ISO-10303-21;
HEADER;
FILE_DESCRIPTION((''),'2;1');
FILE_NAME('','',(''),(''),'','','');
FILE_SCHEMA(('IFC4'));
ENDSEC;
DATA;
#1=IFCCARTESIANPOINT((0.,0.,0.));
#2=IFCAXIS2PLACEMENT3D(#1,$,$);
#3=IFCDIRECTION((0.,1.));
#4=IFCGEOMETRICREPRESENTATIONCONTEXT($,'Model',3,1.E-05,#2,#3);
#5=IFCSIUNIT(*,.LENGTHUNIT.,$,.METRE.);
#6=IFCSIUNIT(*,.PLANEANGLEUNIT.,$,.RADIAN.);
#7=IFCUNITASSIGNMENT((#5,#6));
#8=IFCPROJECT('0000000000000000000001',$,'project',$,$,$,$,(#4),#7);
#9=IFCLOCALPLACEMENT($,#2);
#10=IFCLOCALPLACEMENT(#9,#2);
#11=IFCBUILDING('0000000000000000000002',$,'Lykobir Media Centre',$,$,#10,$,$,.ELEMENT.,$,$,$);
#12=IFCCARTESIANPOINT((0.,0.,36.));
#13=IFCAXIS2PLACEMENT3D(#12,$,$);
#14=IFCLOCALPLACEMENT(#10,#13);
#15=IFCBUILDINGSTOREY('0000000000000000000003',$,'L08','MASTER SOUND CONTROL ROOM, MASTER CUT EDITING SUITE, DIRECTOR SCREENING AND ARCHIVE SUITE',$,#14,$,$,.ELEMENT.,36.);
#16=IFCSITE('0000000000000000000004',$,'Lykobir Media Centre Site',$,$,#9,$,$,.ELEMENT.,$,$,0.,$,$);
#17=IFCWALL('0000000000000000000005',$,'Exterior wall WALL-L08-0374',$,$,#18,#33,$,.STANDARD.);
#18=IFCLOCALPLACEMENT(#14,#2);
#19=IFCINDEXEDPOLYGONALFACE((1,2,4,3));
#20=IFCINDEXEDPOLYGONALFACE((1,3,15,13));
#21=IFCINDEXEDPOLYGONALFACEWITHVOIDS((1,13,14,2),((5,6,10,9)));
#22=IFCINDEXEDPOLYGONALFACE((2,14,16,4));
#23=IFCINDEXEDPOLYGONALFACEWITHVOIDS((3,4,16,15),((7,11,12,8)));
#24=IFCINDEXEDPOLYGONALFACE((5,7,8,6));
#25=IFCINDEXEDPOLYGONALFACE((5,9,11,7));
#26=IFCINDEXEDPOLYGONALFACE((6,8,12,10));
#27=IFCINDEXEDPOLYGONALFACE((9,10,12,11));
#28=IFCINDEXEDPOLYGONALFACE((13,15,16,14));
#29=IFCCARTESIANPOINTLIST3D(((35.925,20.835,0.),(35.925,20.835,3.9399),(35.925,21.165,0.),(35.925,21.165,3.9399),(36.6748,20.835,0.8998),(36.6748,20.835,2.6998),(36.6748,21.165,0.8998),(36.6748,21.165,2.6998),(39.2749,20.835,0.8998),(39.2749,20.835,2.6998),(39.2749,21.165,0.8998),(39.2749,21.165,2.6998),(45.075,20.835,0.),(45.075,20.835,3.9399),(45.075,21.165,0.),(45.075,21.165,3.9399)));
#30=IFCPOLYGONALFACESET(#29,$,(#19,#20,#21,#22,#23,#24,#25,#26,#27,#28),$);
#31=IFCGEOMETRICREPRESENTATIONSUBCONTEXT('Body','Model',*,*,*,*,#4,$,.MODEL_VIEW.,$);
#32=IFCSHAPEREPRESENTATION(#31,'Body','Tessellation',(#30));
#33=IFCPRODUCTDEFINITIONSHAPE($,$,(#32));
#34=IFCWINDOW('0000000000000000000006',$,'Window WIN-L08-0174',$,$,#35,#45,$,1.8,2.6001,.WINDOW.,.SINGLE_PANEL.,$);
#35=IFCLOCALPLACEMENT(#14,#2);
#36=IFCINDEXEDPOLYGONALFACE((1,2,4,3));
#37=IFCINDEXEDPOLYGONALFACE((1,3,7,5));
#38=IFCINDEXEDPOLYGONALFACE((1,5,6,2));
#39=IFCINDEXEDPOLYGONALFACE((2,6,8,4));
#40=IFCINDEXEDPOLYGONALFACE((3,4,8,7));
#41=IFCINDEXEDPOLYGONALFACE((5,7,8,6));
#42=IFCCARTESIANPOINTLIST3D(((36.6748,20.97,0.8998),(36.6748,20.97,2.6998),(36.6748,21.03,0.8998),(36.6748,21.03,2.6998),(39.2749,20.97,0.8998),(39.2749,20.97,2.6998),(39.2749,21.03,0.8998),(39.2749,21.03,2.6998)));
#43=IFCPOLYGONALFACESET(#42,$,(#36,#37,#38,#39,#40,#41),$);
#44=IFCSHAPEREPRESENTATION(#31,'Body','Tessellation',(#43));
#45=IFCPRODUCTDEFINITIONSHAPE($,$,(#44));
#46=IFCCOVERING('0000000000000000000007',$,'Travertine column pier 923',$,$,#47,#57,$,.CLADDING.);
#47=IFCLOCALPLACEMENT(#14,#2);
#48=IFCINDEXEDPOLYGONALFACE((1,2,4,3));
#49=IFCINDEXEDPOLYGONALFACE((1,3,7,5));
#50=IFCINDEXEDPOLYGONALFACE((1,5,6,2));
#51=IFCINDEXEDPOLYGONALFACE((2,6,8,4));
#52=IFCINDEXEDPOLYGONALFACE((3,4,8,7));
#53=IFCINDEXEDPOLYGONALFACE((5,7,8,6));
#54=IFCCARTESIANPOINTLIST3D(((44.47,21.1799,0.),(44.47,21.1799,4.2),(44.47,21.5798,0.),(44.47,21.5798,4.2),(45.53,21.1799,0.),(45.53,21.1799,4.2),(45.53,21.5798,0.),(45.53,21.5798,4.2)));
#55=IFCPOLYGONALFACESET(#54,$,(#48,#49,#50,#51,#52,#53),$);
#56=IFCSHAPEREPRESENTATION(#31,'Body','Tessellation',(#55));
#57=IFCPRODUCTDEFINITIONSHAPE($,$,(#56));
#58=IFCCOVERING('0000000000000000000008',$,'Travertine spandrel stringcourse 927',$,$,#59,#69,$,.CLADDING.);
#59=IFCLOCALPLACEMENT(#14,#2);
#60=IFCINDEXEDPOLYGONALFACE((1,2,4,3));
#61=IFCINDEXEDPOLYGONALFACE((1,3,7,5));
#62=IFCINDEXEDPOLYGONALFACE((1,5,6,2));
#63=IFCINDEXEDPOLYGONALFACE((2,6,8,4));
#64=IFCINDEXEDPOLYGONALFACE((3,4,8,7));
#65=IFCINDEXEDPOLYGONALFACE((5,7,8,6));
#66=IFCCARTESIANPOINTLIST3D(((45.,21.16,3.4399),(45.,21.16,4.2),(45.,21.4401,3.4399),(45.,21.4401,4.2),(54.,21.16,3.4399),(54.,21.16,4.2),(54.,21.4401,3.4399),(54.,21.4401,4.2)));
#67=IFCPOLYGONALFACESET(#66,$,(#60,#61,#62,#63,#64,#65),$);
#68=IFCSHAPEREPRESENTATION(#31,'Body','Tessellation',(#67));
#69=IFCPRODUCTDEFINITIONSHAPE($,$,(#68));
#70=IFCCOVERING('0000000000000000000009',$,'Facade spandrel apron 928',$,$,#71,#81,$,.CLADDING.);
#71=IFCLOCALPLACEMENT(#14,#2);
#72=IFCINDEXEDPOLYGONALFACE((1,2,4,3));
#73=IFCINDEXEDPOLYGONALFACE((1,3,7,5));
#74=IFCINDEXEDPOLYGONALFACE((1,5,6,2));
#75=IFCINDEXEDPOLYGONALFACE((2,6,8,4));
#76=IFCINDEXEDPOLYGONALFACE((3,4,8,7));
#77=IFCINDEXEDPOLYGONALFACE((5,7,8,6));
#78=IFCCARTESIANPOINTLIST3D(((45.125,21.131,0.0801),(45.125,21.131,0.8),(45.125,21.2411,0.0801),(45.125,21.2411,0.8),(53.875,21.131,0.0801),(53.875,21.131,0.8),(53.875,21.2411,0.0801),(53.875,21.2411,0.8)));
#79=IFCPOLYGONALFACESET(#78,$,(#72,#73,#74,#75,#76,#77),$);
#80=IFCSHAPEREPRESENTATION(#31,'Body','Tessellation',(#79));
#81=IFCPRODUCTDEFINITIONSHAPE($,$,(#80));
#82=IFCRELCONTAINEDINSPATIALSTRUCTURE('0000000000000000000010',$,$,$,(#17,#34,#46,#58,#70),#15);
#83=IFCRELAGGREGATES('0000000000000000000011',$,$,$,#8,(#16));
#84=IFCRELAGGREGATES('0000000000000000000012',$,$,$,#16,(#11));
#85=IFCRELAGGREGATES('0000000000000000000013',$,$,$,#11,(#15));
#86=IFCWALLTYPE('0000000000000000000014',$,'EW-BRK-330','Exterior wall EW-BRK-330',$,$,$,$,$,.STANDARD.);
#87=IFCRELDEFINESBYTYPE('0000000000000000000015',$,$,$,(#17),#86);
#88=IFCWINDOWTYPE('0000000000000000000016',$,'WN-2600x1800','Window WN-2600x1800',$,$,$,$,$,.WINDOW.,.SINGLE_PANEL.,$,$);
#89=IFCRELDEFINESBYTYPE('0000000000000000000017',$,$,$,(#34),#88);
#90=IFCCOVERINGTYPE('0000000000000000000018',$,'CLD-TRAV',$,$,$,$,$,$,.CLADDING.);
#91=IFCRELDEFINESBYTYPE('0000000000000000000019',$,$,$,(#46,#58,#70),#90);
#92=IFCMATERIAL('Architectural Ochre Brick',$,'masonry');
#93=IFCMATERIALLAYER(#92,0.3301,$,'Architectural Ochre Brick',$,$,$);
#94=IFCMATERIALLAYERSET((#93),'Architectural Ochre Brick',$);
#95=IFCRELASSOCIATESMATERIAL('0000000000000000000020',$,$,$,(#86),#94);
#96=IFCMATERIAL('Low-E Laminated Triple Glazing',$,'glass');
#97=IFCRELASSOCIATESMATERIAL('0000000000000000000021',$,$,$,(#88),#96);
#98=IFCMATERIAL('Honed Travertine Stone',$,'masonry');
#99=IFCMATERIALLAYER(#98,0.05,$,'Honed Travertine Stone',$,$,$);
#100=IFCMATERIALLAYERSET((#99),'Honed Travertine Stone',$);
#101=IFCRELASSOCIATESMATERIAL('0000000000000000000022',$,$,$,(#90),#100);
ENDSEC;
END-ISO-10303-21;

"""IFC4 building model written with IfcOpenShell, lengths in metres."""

from ifc_helpers import new_model, si_unit, direction, frame, frame_2d, origin, origin_2d, place, context, subcontext, project, spatial, rectangle, extrude, material, layer, layer_set, type_object, element, fill, save


model = new_model("IFC4")

# Units and contexts
model_context = context("Model", 3, precision=1e-05, world=origin(), true_north=direction((0.0, 1.0)))
body_context = subcontext(model_context, "Body", "Model", "MODEL_VIEW")
ifc_project = project(units=[si_unit("LENGTHUNIT", "METRE"), si_unit("PLANEANGLEUNIT", "RADIAN")], contexts=[model_context])

# Site, building, storey
site_placement = place(None, origin())
site = spatial("IfcSite", under=ifc_project, at=site_placement, Name="Lykobir Media Centre Site", CompositionType="ELEMENT", RefElevation=0.0)
building_placement = place(site_placement, origin())
building = spatial("IfcBuilding", under=site, at=building_placement, Name="Lykobir Media Centre", CompositionType="ELEMENT")
storey_placement = place(building_placement, frame((0.0, 0.0, 36.0)))
storey = spatial("IfcBuildingStorey", under=building, at=storey_placement, Name="L08", Description="MASTER SOUND CONTROL ROOM, MASTER CUT EDITING SUITE, DIRECTOR SCREENING AND ARCHIVE SUITE", CompositionType="ELEMENT", Elevation=36.0)

# Wall, opening, window
ifc_material_1 = material(Name="Architectural Ochre Brick", Category="masonry")
ifc_layer_1 = layer(ifc_material_1, 0.3301, Name="Architectural Ochre Brick")
ifc_layer_set_1 = layer_set([ifc_layer_1], Name="Architectural Ochre Brick")
wall_type = type_object("IfcWallType", Name="EW-BRK-330", Description="Exterior wall EW-BRK-330", PredefinedType="STANDARD", material=ifc_layer_set_1)
wall_placement = place(storey_placement, frame((45.075, 21.0, 0.0), z_axis=(0.0, 0.0, 1.0), x_axis=(-1.0, 0.0, 0.0)))
wall = element("IfcWall", 1, at=wall_placement, inside=storey, type_object=wall_type, Name="Exterior wall WALL-L08-0374", PredefinedType="STANDARD", context=body_context, shape_type="SweptSolid", body=[
    extrude(rectangle(XDim=9.1499, YDim=0.3301, at=frame_2d((4.575, 0.0))), origin(), (0.0, 0.0, 1.0), 3.9399),
])
opening_placement = place(wall_placement, frame((5.8, 0.0, 0.8999)))
opening = element("IfcOpeningElement", 2, at=opening_placement, cuts=wall, PredefinedType="OPENING", context=body_context, shape_type="SweptSolid", body=[
    extrude(rectangle(XDim=2.6001, YDim=1.8, at=frame_2d((1.3, 0.8999))), frame((0.0, 0.175, 0.0), z_axis=(0.0, -1.0, 0.0), x_axis=(1.0, 0.0, 0.0)), (0.0, 0.0, 1.0), 0.3501),
])
ifc_material_2 = material(Name="Low-E Laminated Triple Glazing", Category="glass")
window_type = type_object("IfcWindowType", Name="WN-2600x1800", Description="Window WN-2600x1800", PartitioningType="SINGLE_PANEL", PredefinedType="WINDOW", material=ifc_material_2)
window_placement = place(opening_placement, origin())
window = element("IfcWindow", 3, at=window_placement, inside=storey, type_object=window_type, Name="Window WIN-L08-0174", OverallHeight=1.8, OverallWidth=2.6001, PartitioningType="SINGLE_PANEL", PredefinedType="WINDOW", context=body_context, shape_type="SweptSolid", body=[
    extrude(rectangle(XDim=2.6001, YDim=1.8, at=frame_2d((1.3, 0.8999))), frame((0.0, 0.03, 0.0), z_axis=(0.0, -1.0, 0.0), x_axis=(1.0, 0.0, 0.0)), (0.0, 0.0, 1.0), 0.0601),
])
fill(opening, window)

# Coverings
ifc_material_3 = material(Name="Honed Travertine Stone", Category="masonry")
ifc_layer_2 = layer(ifc_material_3, 0.05, Name="Honed Travertine Stone")
ifc_layer_set_2 = layer_set([ifc_layer_2], Name="Honed Travertine Stone")
covering_type = type_object("IfcCoveringType", Name="CLD-TRAV", PredefinedType="CLADDING", material=ifc_layer_set_2)
covering_1_placement = place(storey_placement, frame((45.0, 21.3799, 0.0), z_axis=(0.0, 0.0, 1.0), x_axis=(-1.0, 0.0, 0.0)))
element("IfcCovering", 4, at=covering_1_placement, inside=storey, type_object=covering_type, Name="Travertine column pier 923", PredefinedType="CLADDING", context=body_context, shape_type="SweptSolid", body=[
    extrude(rectangle(XDim=1.0601, YDim=0.3999, at=origin_2d()), origin(), (0.0, 0.0, 1.0), 4.2),
])
covering_2_placement = place(storey_placement, frame((49.5, 21.3, 3.4399), z_axis=(0.0, 0.0, 1.0), x_axis=(-1.0, 0.0, 0.0)))
element("IfcCovering", 5, at=covering_2_placement, inside=storey, type_object=covering_type, Name="Travertine spandrel stringcourse 927", PredefinedType="CLADDING", context=body_context, shape_type="SweptSolid", body=[
    extrude(rectangle(XDim=9.0, YDim=0.28, at=origin_2d()), origin(), (0.0, 0.0, 1.0), 0.76),
])
covering_3_placement = place(storey_placement, frame((49.5, 21.186, 0.0801), z_axis=(0.0, 0.0, 1.0), x_axis=(-1.0, 0.0, 0.0)))
element("IfcCovering", 6, at=covering_3_placement, inside=storey, type_object=covering_type, Name="Facade spandrel apron 928", PredefinedType="CLADDING", context=body_context, shape_type="SweptSolid", body=[
    extrude(rectangle(XDim=8.75, YDim=0.1101, at=origin_2d()), origin(), (0.0, 0.0, 1.0), 0.72),
])

save(model, "model.ifc")
